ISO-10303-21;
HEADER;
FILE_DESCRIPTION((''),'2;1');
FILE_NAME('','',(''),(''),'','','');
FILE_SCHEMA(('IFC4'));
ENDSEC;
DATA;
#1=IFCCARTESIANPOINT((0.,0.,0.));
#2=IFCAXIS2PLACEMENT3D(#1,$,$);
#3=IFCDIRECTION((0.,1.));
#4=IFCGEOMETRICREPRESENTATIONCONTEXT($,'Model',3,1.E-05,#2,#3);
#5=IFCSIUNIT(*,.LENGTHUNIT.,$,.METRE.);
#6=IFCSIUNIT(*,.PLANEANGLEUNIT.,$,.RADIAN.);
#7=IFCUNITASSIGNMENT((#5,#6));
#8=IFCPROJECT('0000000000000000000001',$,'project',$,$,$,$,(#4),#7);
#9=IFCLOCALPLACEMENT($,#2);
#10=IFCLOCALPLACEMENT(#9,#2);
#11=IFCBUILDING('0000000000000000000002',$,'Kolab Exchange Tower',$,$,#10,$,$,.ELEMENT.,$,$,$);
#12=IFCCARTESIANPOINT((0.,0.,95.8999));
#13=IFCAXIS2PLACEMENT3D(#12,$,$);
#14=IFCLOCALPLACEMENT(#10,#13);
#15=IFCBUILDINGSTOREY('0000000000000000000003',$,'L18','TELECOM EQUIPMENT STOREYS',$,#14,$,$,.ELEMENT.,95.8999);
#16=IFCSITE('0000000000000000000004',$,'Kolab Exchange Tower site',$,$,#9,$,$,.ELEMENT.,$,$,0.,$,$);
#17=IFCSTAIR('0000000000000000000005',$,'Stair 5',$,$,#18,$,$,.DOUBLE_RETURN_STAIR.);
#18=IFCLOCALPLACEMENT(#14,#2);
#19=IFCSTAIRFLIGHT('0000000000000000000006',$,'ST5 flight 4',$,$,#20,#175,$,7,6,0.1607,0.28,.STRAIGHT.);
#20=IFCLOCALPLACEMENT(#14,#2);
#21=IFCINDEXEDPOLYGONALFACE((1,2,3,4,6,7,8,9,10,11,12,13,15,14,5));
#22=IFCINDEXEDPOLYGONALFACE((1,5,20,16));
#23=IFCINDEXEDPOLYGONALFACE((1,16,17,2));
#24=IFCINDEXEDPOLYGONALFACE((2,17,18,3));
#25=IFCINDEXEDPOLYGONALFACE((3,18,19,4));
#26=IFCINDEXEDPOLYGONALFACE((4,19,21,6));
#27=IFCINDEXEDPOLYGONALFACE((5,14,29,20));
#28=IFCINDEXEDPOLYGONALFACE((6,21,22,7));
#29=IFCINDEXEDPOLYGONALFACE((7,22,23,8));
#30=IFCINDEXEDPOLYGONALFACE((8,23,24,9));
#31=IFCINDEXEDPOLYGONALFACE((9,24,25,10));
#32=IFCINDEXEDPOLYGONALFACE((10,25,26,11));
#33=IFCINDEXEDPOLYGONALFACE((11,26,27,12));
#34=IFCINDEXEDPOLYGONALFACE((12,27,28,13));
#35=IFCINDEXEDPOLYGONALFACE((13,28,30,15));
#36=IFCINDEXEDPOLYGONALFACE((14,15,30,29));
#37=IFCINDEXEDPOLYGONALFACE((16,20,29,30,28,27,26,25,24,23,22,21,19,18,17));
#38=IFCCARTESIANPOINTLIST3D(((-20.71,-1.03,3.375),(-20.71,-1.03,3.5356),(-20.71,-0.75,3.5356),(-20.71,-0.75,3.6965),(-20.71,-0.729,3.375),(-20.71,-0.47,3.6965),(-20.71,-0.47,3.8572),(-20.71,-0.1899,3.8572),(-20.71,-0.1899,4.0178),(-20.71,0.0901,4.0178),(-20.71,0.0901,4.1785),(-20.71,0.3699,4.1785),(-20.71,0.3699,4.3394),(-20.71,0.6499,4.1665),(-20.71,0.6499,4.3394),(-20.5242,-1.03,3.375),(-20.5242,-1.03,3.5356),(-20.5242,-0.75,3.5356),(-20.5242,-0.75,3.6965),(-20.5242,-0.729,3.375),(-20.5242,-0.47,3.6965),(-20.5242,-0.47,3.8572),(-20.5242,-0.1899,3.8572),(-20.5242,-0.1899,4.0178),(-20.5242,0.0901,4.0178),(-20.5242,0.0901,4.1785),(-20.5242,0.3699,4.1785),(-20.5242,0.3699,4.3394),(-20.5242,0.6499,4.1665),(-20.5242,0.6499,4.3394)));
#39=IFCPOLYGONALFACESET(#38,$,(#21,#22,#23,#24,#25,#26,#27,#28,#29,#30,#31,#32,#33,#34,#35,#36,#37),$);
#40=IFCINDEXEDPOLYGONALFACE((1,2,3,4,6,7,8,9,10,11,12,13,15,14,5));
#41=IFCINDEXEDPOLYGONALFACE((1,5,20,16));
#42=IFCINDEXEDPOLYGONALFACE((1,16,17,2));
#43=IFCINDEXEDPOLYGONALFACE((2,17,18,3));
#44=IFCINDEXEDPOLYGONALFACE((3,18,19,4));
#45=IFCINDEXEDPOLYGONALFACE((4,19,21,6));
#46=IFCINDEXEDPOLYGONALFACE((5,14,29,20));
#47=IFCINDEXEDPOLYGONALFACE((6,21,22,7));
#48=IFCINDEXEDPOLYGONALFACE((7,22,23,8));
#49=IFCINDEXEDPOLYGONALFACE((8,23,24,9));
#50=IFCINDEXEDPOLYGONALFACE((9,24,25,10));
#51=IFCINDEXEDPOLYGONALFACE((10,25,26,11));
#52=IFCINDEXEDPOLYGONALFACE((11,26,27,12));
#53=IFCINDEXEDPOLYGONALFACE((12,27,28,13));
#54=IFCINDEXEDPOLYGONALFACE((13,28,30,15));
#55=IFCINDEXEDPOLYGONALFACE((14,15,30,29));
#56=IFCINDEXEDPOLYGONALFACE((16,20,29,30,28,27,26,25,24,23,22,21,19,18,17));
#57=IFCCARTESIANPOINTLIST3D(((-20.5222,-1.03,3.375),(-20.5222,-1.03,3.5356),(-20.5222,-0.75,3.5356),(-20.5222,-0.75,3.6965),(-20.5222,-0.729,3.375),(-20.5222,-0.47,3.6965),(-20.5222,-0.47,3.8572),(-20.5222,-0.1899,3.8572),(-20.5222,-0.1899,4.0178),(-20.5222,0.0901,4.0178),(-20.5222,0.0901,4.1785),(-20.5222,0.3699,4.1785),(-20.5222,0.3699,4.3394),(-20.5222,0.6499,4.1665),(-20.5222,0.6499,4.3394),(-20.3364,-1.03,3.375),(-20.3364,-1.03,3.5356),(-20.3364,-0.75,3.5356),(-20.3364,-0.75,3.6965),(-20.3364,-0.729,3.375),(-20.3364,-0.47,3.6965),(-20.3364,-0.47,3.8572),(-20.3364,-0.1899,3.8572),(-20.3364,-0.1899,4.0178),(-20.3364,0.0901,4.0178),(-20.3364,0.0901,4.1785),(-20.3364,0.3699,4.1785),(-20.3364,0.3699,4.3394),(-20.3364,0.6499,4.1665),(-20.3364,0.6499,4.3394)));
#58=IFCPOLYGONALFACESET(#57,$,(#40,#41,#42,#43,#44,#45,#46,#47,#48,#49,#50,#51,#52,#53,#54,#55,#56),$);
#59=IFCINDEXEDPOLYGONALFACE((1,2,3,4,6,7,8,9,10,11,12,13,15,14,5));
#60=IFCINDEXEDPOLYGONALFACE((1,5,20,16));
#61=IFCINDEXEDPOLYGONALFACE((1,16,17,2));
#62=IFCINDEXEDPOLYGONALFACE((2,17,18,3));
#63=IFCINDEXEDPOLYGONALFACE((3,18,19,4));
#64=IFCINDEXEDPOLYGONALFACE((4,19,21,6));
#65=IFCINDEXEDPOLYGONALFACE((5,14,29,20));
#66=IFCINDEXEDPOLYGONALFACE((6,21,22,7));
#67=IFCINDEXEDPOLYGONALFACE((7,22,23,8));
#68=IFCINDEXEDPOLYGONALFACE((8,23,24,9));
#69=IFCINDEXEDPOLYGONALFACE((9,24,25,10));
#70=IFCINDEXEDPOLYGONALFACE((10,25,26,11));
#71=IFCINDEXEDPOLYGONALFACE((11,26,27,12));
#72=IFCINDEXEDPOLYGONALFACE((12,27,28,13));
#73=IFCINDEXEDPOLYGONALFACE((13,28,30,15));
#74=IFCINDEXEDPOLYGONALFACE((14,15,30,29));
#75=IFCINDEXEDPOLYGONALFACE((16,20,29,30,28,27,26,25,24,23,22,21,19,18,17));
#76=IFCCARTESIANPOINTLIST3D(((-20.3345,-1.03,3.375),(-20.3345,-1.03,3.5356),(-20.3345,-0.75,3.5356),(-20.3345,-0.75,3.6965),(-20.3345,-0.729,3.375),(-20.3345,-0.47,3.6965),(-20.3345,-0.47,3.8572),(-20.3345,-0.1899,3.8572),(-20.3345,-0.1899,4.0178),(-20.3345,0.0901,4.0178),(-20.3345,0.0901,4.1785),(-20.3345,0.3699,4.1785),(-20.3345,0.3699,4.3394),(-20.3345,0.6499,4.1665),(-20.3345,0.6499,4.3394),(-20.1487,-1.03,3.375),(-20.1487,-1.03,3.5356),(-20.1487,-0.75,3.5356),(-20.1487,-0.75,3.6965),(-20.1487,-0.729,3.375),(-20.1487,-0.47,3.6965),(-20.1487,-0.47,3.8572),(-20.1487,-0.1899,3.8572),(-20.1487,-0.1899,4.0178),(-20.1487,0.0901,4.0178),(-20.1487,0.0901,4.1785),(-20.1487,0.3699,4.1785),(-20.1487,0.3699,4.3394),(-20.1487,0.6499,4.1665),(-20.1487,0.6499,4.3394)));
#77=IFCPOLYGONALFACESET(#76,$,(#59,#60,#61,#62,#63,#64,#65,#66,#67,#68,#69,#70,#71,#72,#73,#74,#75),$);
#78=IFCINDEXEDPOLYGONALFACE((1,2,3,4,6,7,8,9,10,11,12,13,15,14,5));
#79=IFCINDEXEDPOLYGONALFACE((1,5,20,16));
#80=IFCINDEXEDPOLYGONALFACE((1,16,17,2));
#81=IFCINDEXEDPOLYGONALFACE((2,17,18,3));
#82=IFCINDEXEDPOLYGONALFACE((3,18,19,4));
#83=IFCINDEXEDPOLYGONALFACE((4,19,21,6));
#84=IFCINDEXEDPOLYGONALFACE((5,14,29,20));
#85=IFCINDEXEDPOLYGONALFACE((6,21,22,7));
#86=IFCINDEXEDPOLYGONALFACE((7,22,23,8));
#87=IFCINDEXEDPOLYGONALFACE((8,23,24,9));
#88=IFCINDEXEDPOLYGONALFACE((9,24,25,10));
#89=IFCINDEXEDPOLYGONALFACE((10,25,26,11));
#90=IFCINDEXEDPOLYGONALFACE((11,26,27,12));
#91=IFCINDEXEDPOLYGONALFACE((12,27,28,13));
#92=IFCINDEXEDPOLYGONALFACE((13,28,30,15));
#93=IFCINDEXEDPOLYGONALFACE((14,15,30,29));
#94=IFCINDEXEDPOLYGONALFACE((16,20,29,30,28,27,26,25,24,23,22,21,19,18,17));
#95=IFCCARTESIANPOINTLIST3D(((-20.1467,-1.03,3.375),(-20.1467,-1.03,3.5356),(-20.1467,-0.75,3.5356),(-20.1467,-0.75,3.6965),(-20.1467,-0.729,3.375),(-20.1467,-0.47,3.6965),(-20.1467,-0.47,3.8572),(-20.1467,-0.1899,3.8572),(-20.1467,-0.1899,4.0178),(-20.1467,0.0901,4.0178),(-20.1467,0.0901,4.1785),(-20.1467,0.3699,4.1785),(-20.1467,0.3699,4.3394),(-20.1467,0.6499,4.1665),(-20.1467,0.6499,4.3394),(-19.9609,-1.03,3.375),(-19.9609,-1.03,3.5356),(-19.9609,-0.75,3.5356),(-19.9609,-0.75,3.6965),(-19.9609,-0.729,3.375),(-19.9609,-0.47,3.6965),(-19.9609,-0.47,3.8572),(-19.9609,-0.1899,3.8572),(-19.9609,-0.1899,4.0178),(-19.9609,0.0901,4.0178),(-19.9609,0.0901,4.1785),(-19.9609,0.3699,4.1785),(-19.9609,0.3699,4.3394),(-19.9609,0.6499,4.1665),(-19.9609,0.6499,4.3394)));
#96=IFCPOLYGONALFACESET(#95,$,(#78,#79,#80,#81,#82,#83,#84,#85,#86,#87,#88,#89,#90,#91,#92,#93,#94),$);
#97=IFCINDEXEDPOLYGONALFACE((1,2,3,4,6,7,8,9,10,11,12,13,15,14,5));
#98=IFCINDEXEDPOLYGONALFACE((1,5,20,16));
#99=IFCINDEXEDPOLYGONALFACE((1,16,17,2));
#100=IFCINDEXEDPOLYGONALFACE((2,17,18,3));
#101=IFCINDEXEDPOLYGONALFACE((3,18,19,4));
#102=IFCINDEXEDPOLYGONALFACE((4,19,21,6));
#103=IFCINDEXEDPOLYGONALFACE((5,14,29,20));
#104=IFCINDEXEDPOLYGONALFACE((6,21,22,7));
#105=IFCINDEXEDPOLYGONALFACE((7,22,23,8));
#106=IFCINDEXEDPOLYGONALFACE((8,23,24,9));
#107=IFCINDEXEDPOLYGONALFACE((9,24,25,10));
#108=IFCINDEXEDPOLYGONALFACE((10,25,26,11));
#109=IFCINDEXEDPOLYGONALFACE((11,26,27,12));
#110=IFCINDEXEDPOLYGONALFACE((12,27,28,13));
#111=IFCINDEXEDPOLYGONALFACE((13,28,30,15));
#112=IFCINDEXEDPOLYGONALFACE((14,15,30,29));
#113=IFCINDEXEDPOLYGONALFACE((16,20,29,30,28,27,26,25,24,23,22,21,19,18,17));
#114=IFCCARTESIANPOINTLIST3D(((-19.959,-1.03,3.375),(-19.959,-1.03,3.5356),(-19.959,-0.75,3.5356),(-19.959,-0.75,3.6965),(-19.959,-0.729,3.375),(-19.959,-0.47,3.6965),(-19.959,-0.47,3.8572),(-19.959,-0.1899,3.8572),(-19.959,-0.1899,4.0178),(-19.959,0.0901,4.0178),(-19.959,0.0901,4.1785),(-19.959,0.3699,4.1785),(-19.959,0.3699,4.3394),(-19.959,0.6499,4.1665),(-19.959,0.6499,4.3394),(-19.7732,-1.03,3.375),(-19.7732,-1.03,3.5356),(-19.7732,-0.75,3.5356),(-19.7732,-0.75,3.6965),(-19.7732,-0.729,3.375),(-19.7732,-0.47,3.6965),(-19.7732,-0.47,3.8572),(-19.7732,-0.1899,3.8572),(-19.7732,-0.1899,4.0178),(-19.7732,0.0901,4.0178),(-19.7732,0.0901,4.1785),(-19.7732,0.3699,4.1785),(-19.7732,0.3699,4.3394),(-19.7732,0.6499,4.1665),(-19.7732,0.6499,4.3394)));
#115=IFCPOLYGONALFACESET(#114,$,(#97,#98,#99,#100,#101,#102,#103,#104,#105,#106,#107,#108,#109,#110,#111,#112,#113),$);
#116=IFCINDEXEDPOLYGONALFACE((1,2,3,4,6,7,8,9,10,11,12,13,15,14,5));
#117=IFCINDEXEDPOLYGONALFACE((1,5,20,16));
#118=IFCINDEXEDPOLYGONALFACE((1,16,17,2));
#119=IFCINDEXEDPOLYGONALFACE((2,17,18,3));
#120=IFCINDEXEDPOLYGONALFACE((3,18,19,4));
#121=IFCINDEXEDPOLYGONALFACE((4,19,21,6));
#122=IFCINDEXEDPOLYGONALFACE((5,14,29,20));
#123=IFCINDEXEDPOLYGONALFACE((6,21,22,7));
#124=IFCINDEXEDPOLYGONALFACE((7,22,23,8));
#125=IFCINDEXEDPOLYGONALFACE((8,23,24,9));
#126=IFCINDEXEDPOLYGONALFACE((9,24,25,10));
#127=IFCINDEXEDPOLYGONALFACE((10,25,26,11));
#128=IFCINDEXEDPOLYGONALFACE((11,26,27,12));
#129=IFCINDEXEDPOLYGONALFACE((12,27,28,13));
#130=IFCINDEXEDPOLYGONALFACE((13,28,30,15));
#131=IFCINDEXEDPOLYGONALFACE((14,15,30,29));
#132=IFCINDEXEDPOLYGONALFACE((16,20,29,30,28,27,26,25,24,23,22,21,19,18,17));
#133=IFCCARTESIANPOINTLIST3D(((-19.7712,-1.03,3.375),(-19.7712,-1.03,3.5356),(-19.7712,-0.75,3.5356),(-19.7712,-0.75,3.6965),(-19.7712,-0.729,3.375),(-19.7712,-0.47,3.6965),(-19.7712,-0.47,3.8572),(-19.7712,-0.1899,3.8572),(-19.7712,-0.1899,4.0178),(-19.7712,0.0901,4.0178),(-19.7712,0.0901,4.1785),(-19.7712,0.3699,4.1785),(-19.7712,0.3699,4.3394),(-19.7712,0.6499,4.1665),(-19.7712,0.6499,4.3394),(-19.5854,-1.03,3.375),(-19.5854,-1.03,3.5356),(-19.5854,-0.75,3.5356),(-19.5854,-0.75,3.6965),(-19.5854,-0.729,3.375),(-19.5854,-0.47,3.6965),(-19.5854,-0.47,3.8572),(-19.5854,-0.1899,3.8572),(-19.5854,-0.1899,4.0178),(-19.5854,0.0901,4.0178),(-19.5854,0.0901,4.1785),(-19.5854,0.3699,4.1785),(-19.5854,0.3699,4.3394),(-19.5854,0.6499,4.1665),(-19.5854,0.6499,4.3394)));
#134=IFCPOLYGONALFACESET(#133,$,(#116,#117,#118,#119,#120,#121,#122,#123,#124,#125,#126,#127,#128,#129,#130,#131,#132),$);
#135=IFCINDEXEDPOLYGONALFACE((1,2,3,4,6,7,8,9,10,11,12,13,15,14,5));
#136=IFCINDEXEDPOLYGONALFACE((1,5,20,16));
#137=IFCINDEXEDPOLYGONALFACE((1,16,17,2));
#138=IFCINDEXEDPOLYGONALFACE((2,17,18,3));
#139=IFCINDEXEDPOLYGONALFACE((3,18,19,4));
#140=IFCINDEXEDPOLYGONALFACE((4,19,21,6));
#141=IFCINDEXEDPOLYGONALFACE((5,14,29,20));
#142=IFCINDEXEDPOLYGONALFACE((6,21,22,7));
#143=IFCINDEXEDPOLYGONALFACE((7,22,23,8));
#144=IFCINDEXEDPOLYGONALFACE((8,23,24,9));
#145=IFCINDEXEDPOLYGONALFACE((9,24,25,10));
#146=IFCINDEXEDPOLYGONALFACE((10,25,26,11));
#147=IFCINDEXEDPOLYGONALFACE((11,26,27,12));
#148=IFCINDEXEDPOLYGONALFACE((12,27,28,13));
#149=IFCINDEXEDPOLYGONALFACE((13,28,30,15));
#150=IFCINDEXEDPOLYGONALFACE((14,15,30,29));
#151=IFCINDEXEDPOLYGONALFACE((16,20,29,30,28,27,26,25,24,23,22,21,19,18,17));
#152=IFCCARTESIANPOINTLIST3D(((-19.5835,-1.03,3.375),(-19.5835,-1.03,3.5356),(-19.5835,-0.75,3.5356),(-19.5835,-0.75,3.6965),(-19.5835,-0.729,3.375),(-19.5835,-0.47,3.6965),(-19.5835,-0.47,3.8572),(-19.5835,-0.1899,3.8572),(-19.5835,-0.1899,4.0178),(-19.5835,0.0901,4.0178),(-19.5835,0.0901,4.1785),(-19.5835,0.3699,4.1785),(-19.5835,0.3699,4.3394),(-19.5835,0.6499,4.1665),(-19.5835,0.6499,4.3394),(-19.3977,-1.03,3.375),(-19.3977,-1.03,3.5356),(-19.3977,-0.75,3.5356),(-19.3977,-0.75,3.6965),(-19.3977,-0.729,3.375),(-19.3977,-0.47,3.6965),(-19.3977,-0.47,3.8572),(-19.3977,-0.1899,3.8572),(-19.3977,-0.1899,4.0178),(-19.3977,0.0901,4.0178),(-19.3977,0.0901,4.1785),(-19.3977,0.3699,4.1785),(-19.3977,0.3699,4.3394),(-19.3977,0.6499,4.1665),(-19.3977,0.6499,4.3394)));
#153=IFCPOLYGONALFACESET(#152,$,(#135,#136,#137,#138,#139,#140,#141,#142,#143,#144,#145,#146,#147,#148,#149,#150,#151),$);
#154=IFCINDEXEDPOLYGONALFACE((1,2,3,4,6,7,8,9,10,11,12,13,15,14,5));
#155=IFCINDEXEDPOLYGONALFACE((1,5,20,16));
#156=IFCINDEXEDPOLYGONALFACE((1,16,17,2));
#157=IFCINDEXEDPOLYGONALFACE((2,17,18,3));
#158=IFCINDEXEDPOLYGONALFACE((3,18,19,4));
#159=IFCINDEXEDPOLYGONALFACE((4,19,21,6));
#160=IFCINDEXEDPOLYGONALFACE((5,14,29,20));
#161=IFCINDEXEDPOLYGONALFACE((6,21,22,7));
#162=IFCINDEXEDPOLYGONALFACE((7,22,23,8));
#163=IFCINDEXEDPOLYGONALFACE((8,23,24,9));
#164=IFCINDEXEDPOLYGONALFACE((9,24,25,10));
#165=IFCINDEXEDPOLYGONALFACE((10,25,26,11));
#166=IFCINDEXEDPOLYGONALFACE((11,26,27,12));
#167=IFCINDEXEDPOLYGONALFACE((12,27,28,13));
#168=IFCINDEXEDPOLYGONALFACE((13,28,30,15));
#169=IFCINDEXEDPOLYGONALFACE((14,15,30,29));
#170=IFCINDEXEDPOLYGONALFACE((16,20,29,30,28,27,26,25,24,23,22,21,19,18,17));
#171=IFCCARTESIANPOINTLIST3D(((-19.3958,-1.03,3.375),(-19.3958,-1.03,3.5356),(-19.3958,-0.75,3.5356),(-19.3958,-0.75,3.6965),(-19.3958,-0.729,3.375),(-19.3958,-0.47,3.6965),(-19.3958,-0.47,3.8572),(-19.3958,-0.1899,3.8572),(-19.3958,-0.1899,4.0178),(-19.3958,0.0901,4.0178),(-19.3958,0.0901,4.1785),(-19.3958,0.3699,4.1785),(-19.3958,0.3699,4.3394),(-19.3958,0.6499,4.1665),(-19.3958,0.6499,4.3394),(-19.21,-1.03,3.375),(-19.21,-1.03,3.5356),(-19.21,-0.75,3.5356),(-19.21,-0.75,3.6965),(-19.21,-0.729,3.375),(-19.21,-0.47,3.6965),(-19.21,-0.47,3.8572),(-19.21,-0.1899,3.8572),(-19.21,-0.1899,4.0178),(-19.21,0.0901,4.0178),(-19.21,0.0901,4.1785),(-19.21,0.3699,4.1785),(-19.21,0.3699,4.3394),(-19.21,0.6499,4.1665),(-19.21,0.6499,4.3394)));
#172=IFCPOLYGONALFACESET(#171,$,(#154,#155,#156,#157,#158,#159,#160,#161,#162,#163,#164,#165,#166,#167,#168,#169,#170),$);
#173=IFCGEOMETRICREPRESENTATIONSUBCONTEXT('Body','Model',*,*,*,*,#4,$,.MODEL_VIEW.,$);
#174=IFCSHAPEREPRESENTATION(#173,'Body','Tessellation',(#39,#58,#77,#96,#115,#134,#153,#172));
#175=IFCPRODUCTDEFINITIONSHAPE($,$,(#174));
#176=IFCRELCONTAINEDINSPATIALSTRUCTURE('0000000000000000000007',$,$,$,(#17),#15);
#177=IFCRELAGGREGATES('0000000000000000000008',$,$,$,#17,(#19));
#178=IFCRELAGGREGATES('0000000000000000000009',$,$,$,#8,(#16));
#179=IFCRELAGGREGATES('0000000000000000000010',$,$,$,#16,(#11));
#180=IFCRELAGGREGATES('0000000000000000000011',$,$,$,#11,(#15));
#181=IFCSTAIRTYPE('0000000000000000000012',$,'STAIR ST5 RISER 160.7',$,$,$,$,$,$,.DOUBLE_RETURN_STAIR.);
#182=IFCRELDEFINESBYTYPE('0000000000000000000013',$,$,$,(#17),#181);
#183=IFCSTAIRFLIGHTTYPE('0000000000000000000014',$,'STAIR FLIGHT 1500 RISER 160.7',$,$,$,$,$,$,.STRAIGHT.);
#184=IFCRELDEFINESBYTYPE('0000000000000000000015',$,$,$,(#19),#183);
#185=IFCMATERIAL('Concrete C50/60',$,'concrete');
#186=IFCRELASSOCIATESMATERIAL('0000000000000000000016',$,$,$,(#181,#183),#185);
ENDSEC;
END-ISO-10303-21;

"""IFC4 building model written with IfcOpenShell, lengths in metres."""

from ifc_helpers import new_model, si_unit, direction, frame, origin, place, context, subcontext, project, spatial, polyline, outline, extrude, material, type_object, element, aggregate, save


model = new_model("IFC4")

# Units and contexts
model_context = context("Model", 3, precision=1e-05, world=origin(), true_north=direction((0.0, 1.0)))
body_context = subcontext(model_context, "Body", "Model", "MODEL_VIEW")
ifc_project = project(units=[si_unit("LENGTHUNIT", "METRE"), si_unit("PLANEANGLEUNIT", "RADIAN")], contexts=[model_context])

# Site, building, storey
site_placement = place(None, origin())
site = spatial("IfcSite", under=ifc_project, at=site_placement, Name="Kolab Exchange Tower site", CompositionType="ELEMENT", RefElevation=0.0)
building_placement = place(site_placement, origin())
building = spatial("IfcBuilding", under=site, at=building_placement, Name="Kolab Exchange Tower", CompositionType="ELEMENT")
storey_placement = place(building_placement, frame((0.0, 0.0, 95.8999)))
storey = spatial("IfcBuildingStorey", under=building, at=storey_placement, Name="L18", Description="TELECOM EQUIPMENT STOREYS", CompositionType="ELEMENT", Elevation=95.8999)

# Shared definitions
ifc_material_1 = material(Name="Concrete C50/60", Category="concrete")

# Stair, stair flight
stair_type = type_object("IfcStairType", Name="STAIR ST5 RISER 160.7", PredefinedType="DOUBLE_RETURN_STAIR", material=ifc_material_1)
stair_placement = place(storey_placement, origin())
stair = element("IfcStair", 1, at=stair_placement, inside=storey, type_object=stair_type, Name="Stair 5", PredefinedType="DOUBLE_RETURN_STAIR")
stair_flight_type = type_object("IfcStairFlightType", Name="STAIR FLIGHT 1500 RISER 160.7", PredefinedType="STRAIGHT", material=ifc_material_1)
stair_flight_1_placement = place(storey_placement, frame((-19.96, -1.03, 3.375), z_axis=(0.0, 0.0, 1.0), x_axis=(0.0, 1.0, 0.0)))
stair_flight_1 = element("IfcStairFlight", 2, at=stair_flight_1_placement, type_object=stair_flight_type, Name="ST5 flight 4", NumberOfRisers=7, NumberOfTreads=6, PredefinedType="STRAIGHT", RiserHeight=0.1607, TreadLength=0.28, context=body_context, shape_type="SweptSolid", body=[
    extrude(outline(polyline([(0.0, 0.0), (0.0, 0.1606), (0.28, 0.1606), (0.28, 0.3215), (0.5601, 0.3215), (0.5601, 0.4822), (0.8401, 0.4822), (0.8401, 0.6428), (1.1201, 0.6428), (1.1201, 0.8035), (1.3999, 0.8035), (1.3999, 0.9644), (1.6799, 0.9644), (1.6799, 1.125), (1.6799, 0.7915), (0.301, 0.0), (0.0, 0.0)])), frame((0.0, 0.75, 0.0), z_axis=(0.0, -1.0, 0.0), x_axis=(1.0, 0.0, 0.0)), (0.0, 0.0, 1.0), 0.1858),
    extrude(outline(polyline([(0.0, 0.0), (0.0, 0.1606), (0.28, 0.1606), (0.28, 0.3215), (0.5601, 0.3215), (0.5601, 0.4822), (0.8401, 0.4822), (0.8401, 0.6428), (1.1201, 0.6428), (1.1201, 0.8035), (1.3999, 0.8035), (1.3999, 0.9644), (1.6799, 0.9644), (1.6799, 1.125), (1.6799, 0.7915), (0.301, 0.0), (0.0, 0.0)])), frame((0.0, 0.5623, 0.0), z_axis=(0.0, -1.0, 0.0), x_axis=(1.0, 0.0, 0.0)), (0.0, 0.0, 1.0), 0.1858),
    extrude(outline(polyline([(0.0, 0.0), (0.0, 0.1606), (0.28, 0.1606), (0.28, 0.3215), (0.5601, 0.3215), (0.5601, 0.4822), (0.8401, 0.4822), (0.8401, 0.6428), (1.1201, 0.6428), (1.1201, 0.8035), (1.3999, 0.8035), (1.3999, 0.9644), (1.6799, 0.9644), (1.6799, 1.125), (1.6799, 0.7915), (0.301, 0.0), (0.0, 0.0)])), frame((0.0, 0.3745, 0.0), z_axis=(0.0, -1.0, 0.0), x_axis=(1.0, 0.0, 0.0)), (0.0, 0.0, 1.0), 0.1858),
    extrude(outline(polyline([(0.0, 0.0), (0.0, 0.1606), (0.28, 0.1606), (0.28, 0.3215), (0.5601, 0.3215), (0.5601, 0.4822), (0.8401, 0.4822), (0.8401, 0.6428), (1.1201, 0.6428), (1.1201, 0.8035), (1.3999, 0.8035), (1.3999, 0.9644), (1.6799, 0.9644), (1.6799, 1.125), (1.6799, 0.7915), (0.301, 0.0), (0.0, 0.0)])), frame((0.0, 0.1868, 0.0), z_axis=(0.0, -1.0, 0.0), x_axis=(1.0, 0.0, 0.0)), (0.0, 0.0, 1.0), 0.1858),
    extrude(outline(polyline([(0.0, 0.0), (0.0, 0.1606), (0.28, 0.1606), (0.28, 0.3215), (0.5601, 0.3215), (0.5601, 0.4822), (0.8401, 0.4822), (0.8401, 0.6428), (1.1201, 0.6428), (1.1201, 0.8035), (1.3999, 0.8035), (1.3999, 0.9644), (1.6799, 0.9644), (1.6799, 1.125), (1.6799, 0.7915), (0.301, 0.0), (0.0, 0.0)])), frame((0.0, -0.001, 0.0), z_axis=(0.0, -1.0, 0.0), x_axis=(1.0, 0.0, 0.0)), (0.0, 0.0, 1.0), 0.1858),
    extrude(outline(polyline([(0.0, 0.0), (0.0, 0.1606), (0.28, 0.1606), (0.28, 0.3215), (0.5601, 0.3215), (0.5601, 0.4822), (0.8401, 0.4822), (0.8401, 0.6428), (1.1201, 0.6428), (1.1201, 0.8035), (1.3999, 0.8035), (1.3999, 0.9644), (1.6799, 0.9644), (1.6799, 1.125), (1.6799, 0.7915), (0.301, 0.0), (0.0, 0.0)])), frame((0.0, -0.1887, 0.0), z_axis=(0.0, -1.0, 0.0), x_axis=(1.0, 0.0, 0.0)), (0.0, 0.0, 1.0), 0.1858),
    extrude(outline(polyline([(0.0, 0.0), (0.0, 0.1606), (0.28, 0.1606), (0.28, 0.3215), (0.5601, 0.3215), (0.5601, 0.4822), (0.8401, 0.4822), (0.8401, 0.6428), (1.1201, 0.6428), (1.1201, 0.8035), (1.3999, 0.8035), (1.3999, 0.9644), (1.6799, 0.9644), (1.6799, 1.125), (1.6799, 0.7915), (0.301, 0.0), (0.0, 0.0)])), frame((0.0, -0.3765, 0.0), z_axis=(0.0, -1.0, 0.0), x_axis=(1.0, 0.0, 0.0)), (0.0, 0.0, 1.0), 0.1858),
    extrude(outline(polyline([(0.0, 0.0), (0.0, 0.1606), (0.28, 0.1606), (0.28, 0.3215), (0.5601, 0.3215), (0.5601, 0.4822), (0.8401, 0.4822), (0.8401, 0.6428), (1.1201, 0.6428), (1.1201, 0.8035), (1.3999, 0.8035), (1.3999, 0.9644), (1.6799, 0.9644), (1.6799, 1.125), (1.6799, 0.7915), (0.301, 0.0), (0.0, 0.0)])), frame((0.0, -0.5642, 0.0), z_axis=(0.0, -1.0, 0.0), x_axis=(1.0, 0.0, 0.0)), (0.0, 0.0, 1.0), 0.1858),
])
aggregate(stair, [stair_flight_1])

save(model, "model.ifc")
